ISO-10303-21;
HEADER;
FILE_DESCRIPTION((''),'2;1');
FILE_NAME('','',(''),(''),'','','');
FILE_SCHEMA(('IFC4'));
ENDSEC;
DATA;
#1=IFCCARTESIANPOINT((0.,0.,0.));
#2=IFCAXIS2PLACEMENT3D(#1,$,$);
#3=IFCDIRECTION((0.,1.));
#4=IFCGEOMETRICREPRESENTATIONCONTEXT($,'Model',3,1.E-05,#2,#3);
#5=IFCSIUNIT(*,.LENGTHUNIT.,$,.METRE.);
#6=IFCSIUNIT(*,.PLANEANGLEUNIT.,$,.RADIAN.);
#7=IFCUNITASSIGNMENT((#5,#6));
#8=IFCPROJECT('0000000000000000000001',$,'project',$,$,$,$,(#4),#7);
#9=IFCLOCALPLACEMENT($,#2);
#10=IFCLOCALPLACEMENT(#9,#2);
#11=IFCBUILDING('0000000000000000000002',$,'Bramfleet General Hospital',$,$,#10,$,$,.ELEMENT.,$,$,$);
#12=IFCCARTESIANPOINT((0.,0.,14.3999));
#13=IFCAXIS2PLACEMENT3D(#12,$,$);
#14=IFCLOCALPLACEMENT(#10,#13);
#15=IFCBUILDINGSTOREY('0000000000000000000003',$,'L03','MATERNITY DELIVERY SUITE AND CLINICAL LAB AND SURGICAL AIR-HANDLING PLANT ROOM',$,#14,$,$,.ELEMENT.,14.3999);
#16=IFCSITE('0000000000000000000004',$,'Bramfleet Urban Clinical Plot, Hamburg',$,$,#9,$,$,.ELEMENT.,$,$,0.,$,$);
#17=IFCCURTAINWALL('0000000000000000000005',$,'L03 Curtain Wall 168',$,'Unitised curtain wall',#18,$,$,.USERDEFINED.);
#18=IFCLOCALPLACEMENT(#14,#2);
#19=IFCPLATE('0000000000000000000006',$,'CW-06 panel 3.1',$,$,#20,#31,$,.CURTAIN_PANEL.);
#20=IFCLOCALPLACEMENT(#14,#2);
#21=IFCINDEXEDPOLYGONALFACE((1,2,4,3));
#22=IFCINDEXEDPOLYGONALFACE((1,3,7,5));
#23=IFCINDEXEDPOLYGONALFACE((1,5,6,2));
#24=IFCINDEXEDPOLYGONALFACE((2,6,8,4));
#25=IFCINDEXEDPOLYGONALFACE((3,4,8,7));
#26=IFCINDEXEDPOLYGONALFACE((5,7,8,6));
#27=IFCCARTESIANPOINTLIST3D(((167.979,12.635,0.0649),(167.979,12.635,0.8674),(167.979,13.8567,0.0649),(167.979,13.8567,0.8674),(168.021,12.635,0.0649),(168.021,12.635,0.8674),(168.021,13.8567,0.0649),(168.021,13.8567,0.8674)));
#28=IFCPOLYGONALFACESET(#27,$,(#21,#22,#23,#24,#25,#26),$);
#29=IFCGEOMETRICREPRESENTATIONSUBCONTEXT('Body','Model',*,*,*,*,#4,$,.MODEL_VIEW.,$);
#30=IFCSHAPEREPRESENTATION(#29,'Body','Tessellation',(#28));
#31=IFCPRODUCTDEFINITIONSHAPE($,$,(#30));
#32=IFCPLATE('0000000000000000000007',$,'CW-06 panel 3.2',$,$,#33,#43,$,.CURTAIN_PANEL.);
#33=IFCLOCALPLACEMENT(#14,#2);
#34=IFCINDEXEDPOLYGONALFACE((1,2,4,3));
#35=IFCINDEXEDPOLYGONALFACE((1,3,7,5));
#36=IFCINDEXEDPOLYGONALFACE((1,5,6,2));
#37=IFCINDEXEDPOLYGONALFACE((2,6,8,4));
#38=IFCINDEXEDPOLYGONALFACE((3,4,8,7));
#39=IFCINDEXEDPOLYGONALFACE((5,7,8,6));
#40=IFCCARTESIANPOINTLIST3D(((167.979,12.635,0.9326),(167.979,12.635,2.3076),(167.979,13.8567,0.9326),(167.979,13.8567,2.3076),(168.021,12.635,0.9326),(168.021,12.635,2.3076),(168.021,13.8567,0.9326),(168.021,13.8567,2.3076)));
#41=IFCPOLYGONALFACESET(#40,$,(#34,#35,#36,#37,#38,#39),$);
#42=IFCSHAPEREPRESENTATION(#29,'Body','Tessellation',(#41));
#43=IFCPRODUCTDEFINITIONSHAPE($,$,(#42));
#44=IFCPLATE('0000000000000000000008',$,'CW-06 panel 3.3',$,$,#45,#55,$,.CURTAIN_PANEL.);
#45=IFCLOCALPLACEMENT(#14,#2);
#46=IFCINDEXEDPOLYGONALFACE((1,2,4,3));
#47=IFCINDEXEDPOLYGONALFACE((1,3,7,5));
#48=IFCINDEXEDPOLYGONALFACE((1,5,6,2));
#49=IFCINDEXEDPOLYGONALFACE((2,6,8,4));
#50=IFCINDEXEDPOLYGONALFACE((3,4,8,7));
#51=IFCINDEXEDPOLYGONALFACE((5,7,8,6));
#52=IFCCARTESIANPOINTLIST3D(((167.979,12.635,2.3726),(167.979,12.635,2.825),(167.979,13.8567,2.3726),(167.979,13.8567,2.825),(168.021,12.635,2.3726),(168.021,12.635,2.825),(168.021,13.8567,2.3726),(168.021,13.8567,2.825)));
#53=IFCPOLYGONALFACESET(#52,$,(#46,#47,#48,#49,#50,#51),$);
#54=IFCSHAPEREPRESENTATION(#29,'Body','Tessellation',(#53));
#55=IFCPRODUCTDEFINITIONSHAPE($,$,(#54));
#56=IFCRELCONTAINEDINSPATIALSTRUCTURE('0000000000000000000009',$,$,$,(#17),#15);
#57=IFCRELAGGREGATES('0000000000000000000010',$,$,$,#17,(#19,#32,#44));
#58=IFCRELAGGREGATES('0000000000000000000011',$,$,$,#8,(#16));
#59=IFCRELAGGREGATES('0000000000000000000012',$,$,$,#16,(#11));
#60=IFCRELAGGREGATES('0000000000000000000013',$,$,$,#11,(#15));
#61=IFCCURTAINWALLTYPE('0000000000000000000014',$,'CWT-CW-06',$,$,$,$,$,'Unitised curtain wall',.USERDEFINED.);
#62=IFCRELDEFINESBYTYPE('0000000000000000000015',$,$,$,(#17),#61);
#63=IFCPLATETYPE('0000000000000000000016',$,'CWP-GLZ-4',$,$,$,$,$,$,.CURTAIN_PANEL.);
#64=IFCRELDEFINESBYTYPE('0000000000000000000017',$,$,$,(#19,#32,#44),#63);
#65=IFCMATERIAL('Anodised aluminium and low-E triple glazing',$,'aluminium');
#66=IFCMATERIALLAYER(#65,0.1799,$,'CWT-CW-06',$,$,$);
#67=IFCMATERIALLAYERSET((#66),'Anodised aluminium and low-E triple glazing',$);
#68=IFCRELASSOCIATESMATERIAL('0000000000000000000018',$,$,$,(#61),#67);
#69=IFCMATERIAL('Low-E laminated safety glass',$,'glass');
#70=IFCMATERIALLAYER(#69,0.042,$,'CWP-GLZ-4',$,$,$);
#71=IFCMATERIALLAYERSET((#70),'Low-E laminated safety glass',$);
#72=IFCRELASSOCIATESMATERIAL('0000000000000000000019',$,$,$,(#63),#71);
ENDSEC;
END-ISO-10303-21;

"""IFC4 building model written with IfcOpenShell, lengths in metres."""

from ifc_helpers import new_model, si_unit, direction, frame, origin, origin_2d, place, context, subcontext, project, spatial, rectangle, extrude, material, layer, layer_set, type_object, element, aggregate, save


model = new_model("IFC4")

# Units and contexts
model_context = context("Model", 3, precision=1e-05, world=origin(), true_north=direction((0.0, 1.0)))
body_context = subcontext(model_context, "Body", "Model", "MODEL_VIEW")
ifc_project = project(units=[si_unit("LENGTHUNIT", "METRE"), si_unit("PLANEANGLEUNIT", "RADIAN")], contexts=[model_context])

# Site, building, storey
site_placement = place(None, origin())
site = spatial("IfcSite", under=ifc_project, at=site_placement, Name="Bramfleet Urban Clinical Plot, Hamburg", CompositionType="ELEMENT", RefElevation=0.0)
building_placement = place(site_placement, origin())
building = spatial("IfcBuilding", under=site, at=building_placement, Name="Bramfleet General Hospital", CompositionType="ELEMENT")
storey_placement = place(building_placement, frame((0.0, 0.0, 14.3999)))
storey = spatial("IfcBuildingStorey", under=building, at=storey_placement, Name="L03", Description="MATERNITY DELIVERY SUITE AND CLINICAL LAB AND SURGICAL AIR-HANDLING PLANT ROOM", CompositionType="ELEMENT", Elevation=14.3999)

# Curtain wall, plates
ifc_material_1 = material(Name="Anodised aluminium and low-E triple glazing", Category="aluminium")
ifc_layer_1 = layer(ifc_material_1, 0.1799, Name="CWT-CW-06")
ifc_layer_set_1 = layer_set([ifc_layer_1], Name="Anodised aluminium and low-E triple glazing")
curtain_wall_type = type_object("IfcCurtainWallType", Name="CWT-CW-06", ElementType="Unitised curtain wall", PredefinedType="USERDEFINED", material=ifc_layer_set_1)
curtain_wall_placement = place(storey_placement, origin())
curtain_wall = element("IfcCurtainWall", 1, at=curtain_wall_placement, inside=storey, type_object=curtain_wall_type, Name="L03 Curtain Wall 168", ObjectType="Unitised curtain wall", PredefinedType="USERDEFINED")
ifc_material_2 = material(Name="Low-E laminated safety glass", Category="glass")
ifc_layer_2 = layer(ifc_material_2, 0.042, Name="CWP-GLZ-4")
ifc_layer_set_2 = layer_set([ifc_layer_2], Name="Low-E laminated safety glass")
plate_type = type_object("IfcPlateType", Name="CWP-GLZ-4", PredefinedType="CURTAIN_PANEL", material=ifc_layer_set_2)
plate_1_placement = place(storey_placement, frame((168.0, 13.2458, 0.0649), z_axis=(0.0, 0.0, 1.0), x_axis=(0.0, -1.0, 0.0)))
plate_1 = element("IfcPlate", 2, at=plate_1_placement, type_object=plate_type, Name="CW-06 panel 3.1", PredefinedType="CURTAIN_PANEL", context=body_context, shape_type="SweptSolid", body=[
    extrude(rectangle(XDim=1.2217, YDim=0.042, at=origin_2d()), origin(), (0.0, 0.0, 1.0), 0.8025),
])
plate_2_placement = place(storey_placement, frame((168.0, 13.2458, 0.9326), z_axis=(0.0, 0.0, 1.0), x_axis=(0.0, -1.0, 0.0)))
plate_2 = element("IfcPlate", 3, at=plate_2_placement, type_object=plate_type, Name="CW-06 panel 3.2", PredefinedType="CURTAIN_PANEL", context=body_context, shape_type="SweptSolid", body=[
    extrude(rectangle(XDim=1.2217, YDim=0.042, at=origin_2d()), origin(), (0.0, 0.0, 1.0), 1.375),
])
plate_3_placement = place(storey_placement, frame((168.0, 13.2458, 2.3726), z_axis=(0.0, 0.0, 1.0), x_axis=(0.0, -1.0, 0.0)))
plate_3 = element("IfcPlate", 4, at=plate_3_placement, type_object=plate_type, Name="CW-06 panel 3.3", PredefinedType="CURTAIN_PANEL", context=body_context, shape_type="SweptSolid", body=[
    extrude(rectangle(XDim=1.2217, YDim=0.042, at=origin_2d()), origin(), (0.0, 0.0, 1.0), 0.4524),
])
aggregate(curtain_wall, [plate_1, plate_2, plate_3])

save(model, "model.ifc")
